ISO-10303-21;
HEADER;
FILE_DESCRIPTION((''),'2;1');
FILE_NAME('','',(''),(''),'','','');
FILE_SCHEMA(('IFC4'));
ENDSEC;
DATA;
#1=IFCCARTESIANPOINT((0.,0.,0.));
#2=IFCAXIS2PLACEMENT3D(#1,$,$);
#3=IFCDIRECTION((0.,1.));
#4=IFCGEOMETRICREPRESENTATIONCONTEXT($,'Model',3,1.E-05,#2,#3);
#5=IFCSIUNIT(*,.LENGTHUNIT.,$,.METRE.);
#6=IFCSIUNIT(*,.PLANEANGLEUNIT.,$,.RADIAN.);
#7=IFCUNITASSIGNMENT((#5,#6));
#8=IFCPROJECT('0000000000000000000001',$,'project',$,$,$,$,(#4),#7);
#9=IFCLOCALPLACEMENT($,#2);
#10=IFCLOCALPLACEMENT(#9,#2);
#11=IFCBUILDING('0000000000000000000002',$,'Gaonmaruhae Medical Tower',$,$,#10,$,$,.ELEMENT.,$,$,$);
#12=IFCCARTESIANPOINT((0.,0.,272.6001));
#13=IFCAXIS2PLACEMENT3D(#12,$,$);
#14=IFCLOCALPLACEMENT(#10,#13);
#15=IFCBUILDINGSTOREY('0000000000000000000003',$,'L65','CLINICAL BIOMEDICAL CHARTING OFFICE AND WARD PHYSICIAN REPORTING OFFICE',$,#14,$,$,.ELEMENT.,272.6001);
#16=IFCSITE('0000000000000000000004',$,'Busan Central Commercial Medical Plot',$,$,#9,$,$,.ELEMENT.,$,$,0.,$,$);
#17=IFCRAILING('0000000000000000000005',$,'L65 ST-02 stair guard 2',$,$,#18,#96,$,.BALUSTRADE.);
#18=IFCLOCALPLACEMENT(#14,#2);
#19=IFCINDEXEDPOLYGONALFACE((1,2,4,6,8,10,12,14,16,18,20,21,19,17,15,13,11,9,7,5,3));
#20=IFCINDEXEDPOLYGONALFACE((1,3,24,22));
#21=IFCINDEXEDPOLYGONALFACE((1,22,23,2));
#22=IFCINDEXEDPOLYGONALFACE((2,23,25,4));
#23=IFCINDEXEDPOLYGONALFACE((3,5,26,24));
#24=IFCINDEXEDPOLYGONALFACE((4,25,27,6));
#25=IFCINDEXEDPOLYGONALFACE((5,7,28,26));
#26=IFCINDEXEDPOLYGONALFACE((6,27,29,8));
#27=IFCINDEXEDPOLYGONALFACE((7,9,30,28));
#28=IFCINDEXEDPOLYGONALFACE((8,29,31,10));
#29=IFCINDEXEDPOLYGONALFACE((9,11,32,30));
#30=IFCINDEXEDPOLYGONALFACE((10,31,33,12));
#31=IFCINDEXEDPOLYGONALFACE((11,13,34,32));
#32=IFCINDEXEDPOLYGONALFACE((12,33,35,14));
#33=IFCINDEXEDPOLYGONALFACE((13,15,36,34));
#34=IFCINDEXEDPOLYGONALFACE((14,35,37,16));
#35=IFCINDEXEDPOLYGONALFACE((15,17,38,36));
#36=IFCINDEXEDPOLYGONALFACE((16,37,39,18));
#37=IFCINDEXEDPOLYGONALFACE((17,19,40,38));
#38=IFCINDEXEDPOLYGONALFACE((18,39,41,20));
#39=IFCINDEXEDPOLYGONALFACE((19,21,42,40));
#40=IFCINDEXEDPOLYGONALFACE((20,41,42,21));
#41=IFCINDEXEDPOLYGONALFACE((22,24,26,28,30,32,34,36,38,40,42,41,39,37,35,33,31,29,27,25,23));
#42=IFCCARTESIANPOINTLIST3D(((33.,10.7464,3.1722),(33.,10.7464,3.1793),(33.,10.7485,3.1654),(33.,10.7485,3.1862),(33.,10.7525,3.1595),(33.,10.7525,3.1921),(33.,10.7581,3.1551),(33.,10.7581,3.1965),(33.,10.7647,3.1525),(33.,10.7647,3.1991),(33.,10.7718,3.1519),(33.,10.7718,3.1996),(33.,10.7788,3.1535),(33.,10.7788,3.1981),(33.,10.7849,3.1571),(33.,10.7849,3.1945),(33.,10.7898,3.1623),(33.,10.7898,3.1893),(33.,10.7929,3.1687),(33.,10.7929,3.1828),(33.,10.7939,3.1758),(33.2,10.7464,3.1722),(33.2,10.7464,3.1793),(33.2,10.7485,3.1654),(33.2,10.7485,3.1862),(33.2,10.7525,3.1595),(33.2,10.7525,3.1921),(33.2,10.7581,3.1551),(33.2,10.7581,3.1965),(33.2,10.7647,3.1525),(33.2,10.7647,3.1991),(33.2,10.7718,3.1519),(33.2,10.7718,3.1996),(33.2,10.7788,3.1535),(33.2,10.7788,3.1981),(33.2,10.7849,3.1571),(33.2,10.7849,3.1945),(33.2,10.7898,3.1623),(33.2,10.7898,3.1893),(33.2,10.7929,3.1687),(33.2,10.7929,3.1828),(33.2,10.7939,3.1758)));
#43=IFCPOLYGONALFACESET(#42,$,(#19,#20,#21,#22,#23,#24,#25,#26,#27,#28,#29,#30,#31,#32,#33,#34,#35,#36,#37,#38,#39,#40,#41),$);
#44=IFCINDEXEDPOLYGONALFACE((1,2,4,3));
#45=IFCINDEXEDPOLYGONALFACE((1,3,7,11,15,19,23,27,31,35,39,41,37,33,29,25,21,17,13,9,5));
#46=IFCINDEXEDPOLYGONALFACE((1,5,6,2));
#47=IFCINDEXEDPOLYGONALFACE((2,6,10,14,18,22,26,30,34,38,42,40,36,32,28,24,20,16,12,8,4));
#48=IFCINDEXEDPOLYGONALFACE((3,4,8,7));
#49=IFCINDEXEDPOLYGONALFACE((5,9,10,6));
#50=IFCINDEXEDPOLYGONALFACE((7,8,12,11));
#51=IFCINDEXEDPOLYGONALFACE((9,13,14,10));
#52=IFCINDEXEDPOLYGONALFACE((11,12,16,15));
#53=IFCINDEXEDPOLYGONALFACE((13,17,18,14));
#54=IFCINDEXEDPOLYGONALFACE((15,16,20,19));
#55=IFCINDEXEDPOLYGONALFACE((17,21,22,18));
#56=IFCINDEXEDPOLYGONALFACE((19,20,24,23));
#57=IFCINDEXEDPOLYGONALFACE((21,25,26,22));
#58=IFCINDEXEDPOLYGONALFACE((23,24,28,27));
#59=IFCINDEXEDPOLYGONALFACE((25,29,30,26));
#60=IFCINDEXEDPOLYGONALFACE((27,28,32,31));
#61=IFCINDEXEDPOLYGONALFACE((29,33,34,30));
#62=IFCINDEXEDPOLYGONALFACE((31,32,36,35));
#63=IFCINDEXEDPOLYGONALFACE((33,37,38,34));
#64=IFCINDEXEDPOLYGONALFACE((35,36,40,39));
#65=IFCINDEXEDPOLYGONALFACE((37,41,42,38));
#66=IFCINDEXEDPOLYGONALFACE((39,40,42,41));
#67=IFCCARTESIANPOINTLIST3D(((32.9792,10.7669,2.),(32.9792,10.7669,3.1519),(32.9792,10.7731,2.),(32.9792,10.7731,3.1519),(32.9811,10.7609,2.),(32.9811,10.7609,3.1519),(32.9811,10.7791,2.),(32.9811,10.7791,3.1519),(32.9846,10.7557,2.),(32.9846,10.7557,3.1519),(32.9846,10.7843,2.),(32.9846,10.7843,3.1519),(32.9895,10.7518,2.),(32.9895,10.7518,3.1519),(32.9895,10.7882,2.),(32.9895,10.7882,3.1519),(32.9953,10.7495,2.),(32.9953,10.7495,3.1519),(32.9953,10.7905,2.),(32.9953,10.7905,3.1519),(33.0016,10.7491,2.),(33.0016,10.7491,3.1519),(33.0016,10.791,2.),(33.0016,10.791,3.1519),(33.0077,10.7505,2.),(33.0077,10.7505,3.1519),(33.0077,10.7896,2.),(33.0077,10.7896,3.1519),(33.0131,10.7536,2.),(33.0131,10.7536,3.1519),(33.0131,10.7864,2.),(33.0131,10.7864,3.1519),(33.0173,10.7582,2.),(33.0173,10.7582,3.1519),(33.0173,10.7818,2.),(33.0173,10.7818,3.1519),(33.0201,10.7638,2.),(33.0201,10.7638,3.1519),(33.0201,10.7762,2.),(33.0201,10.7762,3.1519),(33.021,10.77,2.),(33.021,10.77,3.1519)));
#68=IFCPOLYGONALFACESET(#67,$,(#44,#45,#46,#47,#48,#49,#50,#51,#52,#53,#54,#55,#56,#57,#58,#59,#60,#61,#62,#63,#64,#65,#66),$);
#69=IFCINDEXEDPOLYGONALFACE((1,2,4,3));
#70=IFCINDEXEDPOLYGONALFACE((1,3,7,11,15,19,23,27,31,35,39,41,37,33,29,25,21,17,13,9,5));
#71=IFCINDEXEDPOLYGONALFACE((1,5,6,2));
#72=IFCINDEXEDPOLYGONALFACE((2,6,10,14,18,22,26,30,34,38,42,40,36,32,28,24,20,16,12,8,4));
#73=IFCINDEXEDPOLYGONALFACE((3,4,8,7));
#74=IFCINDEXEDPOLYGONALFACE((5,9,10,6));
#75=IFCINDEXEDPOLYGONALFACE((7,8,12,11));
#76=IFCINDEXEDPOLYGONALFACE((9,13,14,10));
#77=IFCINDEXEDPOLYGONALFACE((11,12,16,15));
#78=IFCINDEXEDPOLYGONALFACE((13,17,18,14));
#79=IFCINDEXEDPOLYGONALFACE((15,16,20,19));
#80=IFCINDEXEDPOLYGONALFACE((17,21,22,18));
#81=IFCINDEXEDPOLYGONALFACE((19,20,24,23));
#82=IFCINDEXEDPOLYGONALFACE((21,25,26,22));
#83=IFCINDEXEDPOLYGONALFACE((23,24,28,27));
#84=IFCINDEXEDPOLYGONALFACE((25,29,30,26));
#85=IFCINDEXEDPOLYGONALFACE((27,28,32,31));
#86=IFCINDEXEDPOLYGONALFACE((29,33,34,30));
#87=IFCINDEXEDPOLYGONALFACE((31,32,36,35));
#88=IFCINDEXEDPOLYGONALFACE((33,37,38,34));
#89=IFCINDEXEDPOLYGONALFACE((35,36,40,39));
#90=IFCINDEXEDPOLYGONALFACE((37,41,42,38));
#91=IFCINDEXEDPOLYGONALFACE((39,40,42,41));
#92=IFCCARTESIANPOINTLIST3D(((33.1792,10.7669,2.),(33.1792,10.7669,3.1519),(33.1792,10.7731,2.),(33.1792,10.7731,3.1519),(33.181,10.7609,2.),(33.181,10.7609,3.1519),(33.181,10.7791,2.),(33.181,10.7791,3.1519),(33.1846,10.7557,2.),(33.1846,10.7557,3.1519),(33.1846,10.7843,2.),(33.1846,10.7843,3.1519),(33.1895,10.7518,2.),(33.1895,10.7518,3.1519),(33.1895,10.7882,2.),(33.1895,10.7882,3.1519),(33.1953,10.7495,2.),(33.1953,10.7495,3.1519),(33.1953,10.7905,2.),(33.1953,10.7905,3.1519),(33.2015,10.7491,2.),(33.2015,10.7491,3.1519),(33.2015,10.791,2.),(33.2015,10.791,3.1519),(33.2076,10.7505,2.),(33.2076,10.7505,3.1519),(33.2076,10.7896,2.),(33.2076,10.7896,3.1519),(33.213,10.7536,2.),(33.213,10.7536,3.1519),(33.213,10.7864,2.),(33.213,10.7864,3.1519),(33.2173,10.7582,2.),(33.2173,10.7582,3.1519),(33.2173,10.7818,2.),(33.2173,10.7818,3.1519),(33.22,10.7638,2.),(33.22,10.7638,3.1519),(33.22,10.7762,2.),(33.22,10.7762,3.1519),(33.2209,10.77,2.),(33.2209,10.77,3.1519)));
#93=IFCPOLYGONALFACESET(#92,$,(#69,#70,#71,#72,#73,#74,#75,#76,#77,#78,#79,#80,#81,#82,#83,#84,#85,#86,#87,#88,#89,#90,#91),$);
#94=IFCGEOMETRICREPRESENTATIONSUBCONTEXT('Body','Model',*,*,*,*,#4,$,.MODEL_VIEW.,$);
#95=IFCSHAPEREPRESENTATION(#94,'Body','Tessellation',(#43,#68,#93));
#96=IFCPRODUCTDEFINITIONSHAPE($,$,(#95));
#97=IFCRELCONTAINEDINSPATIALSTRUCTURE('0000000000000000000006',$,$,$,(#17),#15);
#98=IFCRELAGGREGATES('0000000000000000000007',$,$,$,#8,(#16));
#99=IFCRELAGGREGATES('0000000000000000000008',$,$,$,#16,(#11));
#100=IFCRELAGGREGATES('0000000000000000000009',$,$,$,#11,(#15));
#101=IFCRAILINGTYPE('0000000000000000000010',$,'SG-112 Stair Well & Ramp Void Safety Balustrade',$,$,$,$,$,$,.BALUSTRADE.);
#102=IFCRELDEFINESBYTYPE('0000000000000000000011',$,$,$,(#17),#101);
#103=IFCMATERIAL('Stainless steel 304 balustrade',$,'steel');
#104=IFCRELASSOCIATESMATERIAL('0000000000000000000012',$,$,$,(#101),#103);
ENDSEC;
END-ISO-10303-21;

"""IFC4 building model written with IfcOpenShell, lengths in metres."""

from ifc_helpers import new_model, si_unit, direction, frame, origin, origin_2d, place, context, subcontext, project, spatial, circle, extrude, material, type_object, element, save


model = new_model("IFC4")

# Units and contexts
model_context = context("Model", 3, precision=1e-05, world=origin(), true_north=direction((0.0, 1.0)))
body_context = subcontext(model_context, "Body", "Model", "MODEL_VIEW")
ifc_project = project(units=[si_unit("LENGTHUNIT", "METRE"), si_unit("PLANEANGLEUNIT", "RADIAN")], contexts=[model_context])

# Site, building, storey
site_placement = place(None, origin())
site = spatial("IfcSite", under=ifc_project, at=site_placement, Name="Busan Central Commercial Medical Plot", CompositionType="ELEMENT", RefElevation=0.0)
building_placement = place(site_placement, origin())
building = spatial("IfcBuilding", under=site, at=building_placement, Name="Gaonmaruhae Medical Tower", CompositionType="ELEMENT")
storey_placement = place(building_placement, frame((0.0, 0.0, 272.6001)))
storey = spatial("IfcBuildingStorey", under=building, at=storey_placement, Name="L65", Description="CLINICAL BIOMEDICAL CHARTING OFFICE AND WARD PHYSICIAN REPORTING OFFICE", CompositionType="ELEMENT", Elevation=272.6001)

# Railing
ifc_material_1 = material(Name="Stainless steel 304 balustrade", Category="steel")
railing_type_1 = type_object("IfcRailingType", Name="SG-112 Stair Well & Ramp Void Safety Balustrade", PredefinedType="BALUSTRADE", material=ifc_material_1)
railing_1_placement = place(storey_placement, frame((33.0, 10.77, 2.0)))
element("IfcRailing", 1, at=railing_1_placement, inside=storey, type_object=railing_type_1, Name="L65 ST-02 stair guard 2", PredefinedType="BALUSTRADE", context=body_context, shape_type="SweptSolid", body=[
    extrude(circle(Radius=0.0239, at=origin_2d()), frame((0.0, 0.0, 1.1758), z_axis=(1.0, 0.0, 0.0), x_axis=(0.0, 1.0, 0.0)), (0.0, 0.0, 1.0), 0.2),
    extrude(circle(Radius=0.021, at=origin_2d()), origin(), (0.0, 0.0, 1.0), 1.1519),
    extrude(circle(Radius=0.021, at=origin_2d()), frame((0.2, 0.0, 0.0)), (0.0, 0.0, 1.0), 1.1519),
])

save(model, "model.ifc")
